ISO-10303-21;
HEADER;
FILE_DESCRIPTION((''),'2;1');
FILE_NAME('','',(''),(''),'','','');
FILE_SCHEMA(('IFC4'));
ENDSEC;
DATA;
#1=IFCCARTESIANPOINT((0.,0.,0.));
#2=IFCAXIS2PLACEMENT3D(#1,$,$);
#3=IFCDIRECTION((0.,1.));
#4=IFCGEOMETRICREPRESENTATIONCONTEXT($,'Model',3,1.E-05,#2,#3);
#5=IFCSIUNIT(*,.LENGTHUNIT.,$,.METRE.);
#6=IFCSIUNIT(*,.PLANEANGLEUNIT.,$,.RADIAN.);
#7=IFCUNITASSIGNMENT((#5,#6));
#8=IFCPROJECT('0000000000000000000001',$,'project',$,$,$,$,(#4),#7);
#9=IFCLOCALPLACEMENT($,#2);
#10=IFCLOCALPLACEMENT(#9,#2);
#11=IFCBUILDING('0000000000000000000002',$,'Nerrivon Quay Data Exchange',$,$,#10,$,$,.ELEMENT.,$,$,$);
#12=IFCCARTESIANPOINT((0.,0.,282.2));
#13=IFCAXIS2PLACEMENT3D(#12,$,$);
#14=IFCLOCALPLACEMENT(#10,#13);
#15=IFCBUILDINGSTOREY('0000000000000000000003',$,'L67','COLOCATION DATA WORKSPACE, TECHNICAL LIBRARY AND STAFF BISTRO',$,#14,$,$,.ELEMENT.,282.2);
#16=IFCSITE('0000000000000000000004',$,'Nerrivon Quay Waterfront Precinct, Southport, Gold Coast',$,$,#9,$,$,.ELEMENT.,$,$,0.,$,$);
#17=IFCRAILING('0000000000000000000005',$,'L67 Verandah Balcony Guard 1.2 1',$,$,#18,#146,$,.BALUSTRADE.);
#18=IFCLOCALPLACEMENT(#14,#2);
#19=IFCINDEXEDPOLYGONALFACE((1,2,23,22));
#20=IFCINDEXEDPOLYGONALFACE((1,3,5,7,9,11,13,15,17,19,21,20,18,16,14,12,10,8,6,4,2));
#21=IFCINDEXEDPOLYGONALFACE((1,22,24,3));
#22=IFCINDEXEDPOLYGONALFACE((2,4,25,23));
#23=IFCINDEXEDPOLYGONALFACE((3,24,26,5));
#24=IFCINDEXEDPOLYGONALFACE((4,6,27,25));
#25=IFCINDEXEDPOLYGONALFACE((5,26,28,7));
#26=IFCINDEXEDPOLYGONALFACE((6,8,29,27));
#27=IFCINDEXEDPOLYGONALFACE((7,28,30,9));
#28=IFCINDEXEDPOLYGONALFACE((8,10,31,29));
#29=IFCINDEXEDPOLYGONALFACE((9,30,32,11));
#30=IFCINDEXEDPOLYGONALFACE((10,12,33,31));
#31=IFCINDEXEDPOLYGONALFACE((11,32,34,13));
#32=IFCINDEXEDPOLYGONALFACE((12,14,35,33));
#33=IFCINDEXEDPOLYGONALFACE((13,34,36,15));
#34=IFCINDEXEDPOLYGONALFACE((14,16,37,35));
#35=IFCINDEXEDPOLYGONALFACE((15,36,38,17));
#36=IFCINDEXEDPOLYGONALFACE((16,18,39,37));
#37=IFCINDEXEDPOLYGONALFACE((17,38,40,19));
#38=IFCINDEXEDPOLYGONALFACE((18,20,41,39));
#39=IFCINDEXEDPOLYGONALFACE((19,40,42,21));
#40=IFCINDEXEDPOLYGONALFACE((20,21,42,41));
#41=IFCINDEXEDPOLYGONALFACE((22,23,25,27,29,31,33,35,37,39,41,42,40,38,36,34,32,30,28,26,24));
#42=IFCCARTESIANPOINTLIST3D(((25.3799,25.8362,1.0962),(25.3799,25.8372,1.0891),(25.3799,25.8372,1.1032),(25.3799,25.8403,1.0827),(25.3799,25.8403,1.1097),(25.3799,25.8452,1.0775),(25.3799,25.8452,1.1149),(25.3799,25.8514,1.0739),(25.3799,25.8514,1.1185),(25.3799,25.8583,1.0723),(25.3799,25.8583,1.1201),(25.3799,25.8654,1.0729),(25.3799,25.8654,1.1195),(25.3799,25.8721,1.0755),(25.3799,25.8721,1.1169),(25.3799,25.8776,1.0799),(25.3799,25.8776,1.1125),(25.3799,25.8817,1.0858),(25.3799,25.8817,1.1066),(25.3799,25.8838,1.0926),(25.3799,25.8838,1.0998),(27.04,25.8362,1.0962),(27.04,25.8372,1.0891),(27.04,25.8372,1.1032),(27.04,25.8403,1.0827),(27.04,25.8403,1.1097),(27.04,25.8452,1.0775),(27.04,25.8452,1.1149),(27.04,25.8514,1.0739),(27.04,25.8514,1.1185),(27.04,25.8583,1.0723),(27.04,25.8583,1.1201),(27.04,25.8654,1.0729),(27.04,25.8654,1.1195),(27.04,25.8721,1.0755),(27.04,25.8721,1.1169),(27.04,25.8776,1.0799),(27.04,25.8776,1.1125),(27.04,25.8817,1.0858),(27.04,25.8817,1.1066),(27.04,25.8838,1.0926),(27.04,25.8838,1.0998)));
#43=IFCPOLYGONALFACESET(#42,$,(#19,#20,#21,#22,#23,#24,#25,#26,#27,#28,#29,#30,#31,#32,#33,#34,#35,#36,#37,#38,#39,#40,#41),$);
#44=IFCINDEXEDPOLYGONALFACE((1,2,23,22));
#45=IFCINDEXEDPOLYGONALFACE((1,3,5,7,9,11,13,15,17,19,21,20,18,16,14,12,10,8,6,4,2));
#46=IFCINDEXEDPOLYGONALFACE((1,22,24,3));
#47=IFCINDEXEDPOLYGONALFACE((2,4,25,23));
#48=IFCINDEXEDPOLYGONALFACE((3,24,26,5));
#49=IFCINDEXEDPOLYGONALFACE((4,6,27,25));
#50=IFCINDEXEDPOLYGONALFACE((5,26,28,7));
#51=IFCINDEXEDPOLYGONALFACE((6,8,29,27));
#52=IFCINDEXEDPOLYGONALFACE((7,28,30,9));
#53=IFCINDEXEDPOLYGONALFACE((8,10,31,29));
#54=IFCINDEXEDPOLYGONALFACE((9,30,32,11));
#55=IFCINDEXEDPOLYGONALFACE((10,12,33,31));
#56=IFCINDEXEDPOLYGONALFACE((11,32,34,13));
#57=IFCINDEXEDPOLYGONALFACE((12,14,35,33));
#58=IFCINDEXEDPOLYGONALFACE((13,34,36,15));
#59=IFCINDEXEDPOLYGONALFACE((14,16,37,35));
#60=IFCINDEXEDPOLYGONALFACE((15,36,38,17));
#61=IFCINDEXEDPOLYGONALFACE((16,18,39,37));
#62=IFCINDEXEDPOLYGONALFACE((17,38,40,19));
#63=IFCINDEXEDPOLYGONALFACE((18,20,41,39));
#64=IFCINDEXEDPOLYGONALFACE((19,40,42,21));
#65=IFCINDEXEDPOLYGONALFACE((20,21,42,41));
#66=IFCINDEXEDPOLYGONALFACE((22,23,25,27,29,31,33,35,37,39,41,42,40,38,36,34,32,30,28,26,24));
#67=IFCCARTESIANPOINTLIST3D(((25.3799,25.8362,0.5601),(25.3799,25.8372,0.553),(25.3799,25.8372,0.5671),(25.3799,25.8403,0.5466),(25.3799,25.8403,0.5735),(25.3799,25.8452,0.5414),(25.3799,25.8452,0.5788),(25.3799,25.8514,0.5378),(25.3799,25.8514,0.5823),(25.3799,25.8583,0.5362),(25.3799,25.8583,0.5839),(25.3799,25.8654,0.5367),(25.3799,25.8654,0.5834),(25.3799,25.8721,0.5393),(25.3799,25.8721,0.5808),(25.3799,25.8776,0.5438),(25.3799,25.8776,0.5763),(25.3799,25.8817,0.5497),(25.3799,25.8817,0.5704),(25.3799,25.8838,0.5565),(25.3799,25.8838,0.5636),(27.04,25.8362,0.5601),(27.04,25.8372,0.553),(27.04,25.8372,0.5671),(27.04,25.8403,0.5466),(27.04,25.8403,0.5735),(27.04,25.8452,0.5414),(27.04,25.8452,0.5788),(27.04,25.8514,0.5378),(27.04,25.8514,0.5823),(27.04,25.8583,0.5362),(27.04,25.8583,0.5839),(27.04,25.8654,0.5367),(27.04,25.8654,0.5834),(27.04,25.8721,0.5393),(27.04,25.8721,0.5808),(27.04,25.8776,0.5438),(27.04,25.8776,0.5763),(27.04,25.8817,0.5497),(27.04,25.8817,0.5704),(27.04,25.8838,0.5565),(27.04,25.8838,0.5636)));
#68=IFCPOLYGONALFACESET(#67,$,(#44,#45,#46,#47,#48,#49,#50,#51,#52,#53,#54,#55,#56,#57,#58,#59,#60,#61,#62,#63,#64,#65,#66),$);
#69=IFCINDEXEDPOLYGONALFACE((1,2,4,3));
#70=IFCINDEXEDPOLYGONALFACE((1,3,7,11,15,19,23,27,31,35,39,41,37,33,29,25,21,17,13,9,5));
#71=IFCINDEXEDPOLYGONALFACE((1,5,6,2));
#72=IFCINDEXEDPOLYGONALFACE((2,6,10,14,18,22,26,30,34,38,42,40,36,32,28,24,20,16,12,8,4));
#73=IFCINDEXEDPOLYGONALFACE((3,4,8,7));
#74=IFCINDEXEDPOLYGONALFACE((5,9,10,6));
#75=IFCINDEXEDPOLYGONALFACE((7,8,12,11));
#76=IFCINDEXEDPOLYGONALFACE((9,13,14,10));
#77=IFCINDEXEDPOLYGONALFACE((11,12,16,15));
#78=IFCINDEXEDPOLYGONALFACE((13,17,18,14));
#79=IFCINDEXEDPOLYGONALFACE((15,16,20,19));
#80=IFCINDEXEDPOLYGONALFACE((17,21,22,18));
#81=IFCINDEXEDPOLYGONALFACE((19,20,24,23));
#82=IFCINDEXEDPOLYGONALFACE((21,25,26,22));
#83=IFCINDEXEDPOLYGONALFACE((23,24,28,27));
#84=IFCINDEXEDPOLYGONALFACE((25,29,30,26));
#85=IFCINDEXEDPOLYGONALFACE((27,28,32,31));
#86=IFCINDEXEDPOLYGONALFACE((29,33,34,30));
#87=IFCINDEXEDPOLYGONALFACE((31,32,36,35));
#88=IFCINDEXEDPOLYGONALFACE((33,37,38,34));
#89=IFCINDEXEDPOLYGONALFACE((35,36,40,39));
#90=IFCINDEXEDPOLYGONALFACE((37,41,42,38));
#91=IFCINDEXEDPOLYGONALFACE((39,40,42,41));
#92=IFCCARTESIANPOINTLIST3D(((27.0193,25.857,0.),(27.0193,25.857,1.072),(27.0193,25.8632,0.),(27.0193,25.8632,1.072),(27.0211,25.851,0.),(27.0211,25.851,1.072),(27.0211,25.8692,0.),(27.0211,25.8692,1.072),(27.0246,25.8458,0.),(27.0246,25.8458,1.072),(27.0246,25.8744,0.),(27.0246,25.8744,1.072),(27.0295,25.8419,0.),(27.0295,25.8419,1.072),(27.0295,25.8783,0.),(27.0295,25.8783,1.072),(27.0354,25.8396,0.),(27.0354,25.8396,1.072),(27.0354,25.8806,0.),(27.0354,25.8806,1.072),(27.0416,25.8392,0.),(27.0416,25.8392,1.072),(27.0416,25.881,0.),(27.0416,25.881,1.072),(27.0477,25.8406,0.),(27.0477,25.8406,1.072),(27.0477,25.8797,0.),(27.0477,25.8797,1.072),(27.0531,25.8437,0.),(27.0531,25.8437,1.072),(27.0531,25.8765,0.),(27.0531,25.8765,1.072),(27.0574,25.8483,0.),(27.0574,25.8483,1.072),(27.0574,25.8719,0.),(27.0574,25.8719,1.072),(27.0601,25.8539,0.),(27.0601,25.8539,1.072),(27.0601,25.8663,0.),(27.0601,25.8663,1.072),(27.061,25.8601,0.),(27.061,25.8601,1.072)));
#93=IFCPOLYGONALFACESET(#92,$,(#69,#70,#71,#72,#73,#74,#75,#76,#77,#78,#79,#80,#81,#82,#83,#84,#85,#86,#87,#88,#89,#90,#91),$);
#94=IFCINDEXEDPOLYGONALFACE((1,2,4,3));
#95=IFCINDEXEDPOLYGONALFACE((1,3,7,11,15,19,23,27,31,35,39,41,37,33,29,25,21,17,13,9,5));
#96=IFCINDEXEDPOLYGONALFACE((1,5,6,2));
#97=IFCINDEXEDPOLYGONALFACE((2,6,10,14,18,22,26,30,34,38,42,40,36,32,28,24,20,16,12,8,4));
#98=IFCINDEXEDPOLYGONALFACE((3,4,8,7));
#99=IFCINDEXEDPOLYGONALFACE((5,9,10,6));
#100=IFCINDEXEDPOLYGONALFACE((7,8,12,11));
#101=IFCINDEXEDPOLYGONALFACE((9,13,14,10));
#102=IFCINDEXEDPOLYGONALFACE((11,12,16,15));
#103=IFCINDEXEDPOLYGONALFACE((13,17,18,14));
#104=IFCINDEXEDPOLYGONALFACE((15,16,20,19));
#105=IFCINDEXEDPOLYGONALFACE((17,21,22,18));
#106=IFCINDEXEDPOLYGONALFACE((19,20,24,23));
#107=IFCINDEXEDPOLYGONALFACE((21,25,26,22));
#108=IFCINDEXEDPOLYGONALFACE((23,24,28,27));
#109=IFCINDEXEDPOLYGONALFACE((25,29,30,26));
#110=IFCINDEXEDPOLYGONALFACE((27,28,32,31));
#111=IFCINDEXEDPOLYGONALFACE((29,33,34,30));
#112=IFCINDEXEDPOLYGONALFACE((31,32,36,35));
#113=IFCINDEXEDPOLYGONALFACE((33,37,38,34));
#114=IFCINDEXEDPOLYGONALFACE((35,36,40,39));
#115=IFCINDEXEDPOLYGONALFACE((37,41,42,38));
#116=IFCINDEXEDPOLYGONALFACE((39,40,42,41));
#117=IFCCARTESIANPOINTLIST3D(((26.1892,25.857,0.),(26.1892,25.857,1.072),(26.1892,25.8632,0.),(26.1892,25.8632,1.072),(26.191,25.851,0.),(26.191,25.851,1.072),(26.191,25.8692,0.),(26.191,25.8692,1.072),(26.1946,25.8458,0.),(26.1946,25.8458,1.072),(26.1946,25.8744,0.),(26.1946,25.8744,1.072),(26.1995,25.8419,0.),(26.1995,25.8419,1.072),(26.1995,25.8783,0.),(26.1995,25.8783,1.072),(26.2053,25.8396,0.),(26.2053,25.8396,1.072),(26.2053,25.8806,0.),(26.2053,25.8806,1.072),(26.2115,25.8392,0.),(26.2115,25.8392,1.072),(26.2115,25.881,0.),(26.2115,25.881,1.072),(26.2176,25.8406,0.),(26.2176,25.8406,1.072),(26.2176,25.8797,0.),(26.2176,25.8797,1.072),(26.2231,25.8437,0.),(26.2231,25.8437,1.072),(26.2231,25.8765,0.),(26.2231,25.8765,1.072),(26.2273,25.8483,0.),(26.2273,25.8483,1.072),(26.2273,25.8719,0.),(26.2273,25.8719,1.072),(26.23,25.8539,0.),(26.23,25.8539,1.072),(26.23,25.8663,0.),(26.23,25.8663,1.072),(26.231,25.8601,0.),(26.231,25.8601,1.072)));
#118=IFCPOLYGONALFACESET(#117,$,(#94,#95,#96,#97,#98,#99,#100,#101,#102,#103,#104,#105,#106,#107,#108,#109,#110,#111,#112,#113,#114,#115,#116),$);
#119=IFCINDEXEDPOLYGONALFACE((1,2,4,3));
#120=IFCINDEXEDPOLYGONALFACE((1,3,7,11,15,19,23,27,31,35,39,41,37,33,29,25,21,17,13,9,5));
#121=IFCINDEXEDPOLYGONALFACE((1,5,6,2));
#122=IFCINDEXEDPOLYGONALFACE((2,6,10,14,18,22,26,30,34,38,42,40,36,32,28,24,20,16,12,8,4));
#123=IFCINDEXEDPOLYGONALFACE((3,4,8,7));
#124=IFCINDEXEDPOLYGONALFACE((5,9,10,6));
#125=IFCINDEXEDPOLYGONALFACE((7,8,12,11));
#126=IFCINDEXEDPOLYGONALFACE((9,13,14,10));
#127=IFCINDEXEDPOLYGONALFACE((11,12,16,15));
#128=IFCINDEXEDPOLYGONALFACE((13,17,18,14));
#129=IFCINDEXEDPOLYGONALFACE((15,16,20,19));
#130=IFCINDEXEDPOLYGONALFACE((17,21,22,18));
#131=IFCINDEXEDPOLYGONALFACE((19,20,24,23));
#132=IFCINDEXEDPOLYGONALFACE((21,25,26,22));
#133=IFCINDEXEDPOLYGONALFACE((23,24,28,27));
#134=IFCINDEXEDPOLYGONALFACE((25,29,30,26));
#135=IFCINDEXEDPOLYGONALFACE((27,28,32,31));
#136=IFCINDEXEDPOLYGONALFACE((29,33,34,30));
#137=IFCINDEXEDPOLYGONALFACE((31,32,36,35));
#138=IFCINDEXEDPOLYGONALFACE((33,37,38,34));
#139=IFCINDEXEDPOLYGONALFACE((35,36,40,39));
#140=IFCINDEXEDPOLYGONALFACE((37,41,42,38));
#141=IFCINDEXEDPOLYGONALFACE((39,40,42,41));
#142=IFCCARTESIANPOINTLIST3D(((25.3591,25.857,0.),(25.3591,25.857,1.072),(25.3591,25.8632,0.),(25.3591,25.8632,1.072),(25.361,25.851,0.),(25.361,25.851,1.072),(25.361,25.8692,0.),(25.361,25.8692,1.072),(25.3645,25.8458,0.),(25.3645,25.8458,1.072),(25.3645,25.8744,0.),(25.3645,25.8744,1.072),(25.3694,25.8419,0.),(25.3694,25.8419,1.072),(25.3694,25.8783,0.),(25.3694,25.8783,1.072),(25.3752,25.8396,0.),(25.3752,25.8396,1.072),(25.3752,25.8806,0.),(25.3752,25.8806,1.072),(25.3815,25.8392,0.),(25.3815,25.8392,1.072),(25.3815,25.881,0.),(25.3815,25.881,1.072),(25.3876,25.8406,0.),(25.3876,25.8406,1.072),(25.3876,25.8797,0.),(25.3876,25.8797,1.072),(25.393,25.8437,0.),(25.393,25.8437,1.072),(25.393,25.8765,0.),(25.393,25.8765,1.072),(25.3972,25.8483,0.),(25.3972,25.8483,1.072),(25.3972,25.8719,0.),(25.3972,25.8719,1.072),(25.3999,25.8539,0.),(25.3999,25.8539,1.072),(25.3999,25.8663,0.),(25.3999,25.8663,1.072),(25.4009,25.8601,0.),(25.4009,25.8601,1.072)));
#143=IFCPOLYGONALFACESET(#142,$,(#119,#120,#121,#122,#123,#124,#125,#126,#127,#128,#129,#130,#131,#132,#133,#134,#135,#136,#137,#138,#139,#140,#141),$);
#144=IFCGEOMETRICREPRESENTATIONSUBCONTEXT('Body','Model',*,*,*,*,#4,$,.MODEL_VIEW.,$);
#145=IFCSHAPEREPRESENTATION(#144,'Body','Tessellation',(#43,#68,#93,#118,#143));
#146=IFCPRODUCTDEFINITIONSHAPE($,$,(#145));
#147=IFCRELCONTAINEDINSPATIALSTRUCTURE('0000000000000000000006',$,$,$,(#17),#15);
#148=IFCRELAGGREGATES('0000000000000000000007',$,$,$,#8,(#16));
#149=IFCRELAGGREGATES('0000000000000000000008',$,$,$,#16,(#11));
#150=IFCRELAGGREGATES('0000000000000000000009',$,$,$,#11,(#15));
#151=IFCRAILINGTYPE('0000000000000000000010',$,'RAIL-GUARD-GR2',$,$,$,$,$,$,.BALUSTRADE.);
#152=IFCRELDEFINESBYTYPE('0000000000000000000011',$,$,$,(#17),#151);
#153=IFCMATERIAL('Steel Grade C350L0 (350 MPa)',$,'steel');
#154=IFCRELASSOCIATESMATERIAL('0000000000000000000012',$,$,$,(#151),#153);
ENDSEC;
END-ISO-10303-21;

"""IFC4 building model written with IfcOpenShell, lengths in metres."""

from ifc_helpers import new_model, si_unit, direction, frame, origin, origin_2d, place, context, subcontext, project, spatial, circle, extrude, material, type_object, element, save


model = new_model("IFC4")

# Units and contexts
model_context = context("Model", 3, precision=1e-05, world=origin(), true_north=direction((0.0, 1.0)))
body_context = subcontext(model_context, "Body", "Model", "MODEL_VIEW")
ifc_project = project(units=[si_unit("LENGTHUNIT", "METRE"), si_unit("PLANEANGLEUNIT", "RADIAN")], contexts=[model_context])

# Site, building, storey
site_placement = place(None, origin())
site = spatial("IfcSite", under=ifc_project, at=site_placement, Name="Nerrivon Quay Waterfront Precinct, Southport, Gold Coast", CompositionType="ELEMENT", RefElevation=0.0)
building_placement = place(site_placement, origin())
building = spatial("IfcBuilding", under=site, at=building_placement, Name="Nerrivon Quay Data Exchange", CompositionType="ELEMENT")
storey_placement = place(building_placement, frame((0.0, 0.0, 282.2)))
storey = spatial("IfcBuildingStorey", under=building, at=storey_placement, Name="L67", Description="COLOCATION DATA WORKSPACE, TECHNICAL LIBRARY AND STAFF BISTRO", CompositionType="ELEMENT", Elevation=282.2)

# Shared definitions
ifc_material_1 = material(Name="Steel Grade C350L0 (350 MPa)", Category="steel")

# Railing
railing_type = type_object("IfcRailingType", Name="RAIL-GUARD-GR2", PredefinedType="BALUSTRADE", material=ifc_material_1)
railing_1_placement = place(storey_placement, frame((27.04, 25.8601, 0.0)))
element("IfcRailing", 1, at=railing_1_placement, inside=storey, type_object=railing_type, Name="L67 Verandah Balcony Guard 1.2 1", PredefinedType="BALUSTRADE", context=body_context, shape_type="SweptSolid", body=[
    extrude(circle(Radius=0.0239, at=origin_2d()), frame((0.0, 0.0, 1.0962), z_axis=(-1.0, 0.0, 0.0), x_axis=(0.0, -1.0, 0.0)), (0.0, 0.0, 1.0), 1.6602),
    extrude(circle(Radius=0.0239, at=origin_2d()), frame((0.0, 0.0, 0.5601), z_axis=(-1.0, 0.0, 0.0), x_axis=(0.0, -1.0, 0.0)), (0.0, 0.0, 1.0), 1.6602),
    extrude(circle(Radius=0.021, at=origin_2d()), origin(), (0.0, 0.0, 1.0), 1.072),
    extrude(circle(Radius=0.021, at=origin_2d()), frame((-0.8301, 0.0, 0.0)), (0.0, 0.0, 1.0), 1.072),
    extrude(circle(Radius=0.021, at=origin_2d()), frame((-1.6602, 0.0, 0.0)), (0.0, 0.0, 1.0), 1.072),
])

save(model, "model.ifc")
